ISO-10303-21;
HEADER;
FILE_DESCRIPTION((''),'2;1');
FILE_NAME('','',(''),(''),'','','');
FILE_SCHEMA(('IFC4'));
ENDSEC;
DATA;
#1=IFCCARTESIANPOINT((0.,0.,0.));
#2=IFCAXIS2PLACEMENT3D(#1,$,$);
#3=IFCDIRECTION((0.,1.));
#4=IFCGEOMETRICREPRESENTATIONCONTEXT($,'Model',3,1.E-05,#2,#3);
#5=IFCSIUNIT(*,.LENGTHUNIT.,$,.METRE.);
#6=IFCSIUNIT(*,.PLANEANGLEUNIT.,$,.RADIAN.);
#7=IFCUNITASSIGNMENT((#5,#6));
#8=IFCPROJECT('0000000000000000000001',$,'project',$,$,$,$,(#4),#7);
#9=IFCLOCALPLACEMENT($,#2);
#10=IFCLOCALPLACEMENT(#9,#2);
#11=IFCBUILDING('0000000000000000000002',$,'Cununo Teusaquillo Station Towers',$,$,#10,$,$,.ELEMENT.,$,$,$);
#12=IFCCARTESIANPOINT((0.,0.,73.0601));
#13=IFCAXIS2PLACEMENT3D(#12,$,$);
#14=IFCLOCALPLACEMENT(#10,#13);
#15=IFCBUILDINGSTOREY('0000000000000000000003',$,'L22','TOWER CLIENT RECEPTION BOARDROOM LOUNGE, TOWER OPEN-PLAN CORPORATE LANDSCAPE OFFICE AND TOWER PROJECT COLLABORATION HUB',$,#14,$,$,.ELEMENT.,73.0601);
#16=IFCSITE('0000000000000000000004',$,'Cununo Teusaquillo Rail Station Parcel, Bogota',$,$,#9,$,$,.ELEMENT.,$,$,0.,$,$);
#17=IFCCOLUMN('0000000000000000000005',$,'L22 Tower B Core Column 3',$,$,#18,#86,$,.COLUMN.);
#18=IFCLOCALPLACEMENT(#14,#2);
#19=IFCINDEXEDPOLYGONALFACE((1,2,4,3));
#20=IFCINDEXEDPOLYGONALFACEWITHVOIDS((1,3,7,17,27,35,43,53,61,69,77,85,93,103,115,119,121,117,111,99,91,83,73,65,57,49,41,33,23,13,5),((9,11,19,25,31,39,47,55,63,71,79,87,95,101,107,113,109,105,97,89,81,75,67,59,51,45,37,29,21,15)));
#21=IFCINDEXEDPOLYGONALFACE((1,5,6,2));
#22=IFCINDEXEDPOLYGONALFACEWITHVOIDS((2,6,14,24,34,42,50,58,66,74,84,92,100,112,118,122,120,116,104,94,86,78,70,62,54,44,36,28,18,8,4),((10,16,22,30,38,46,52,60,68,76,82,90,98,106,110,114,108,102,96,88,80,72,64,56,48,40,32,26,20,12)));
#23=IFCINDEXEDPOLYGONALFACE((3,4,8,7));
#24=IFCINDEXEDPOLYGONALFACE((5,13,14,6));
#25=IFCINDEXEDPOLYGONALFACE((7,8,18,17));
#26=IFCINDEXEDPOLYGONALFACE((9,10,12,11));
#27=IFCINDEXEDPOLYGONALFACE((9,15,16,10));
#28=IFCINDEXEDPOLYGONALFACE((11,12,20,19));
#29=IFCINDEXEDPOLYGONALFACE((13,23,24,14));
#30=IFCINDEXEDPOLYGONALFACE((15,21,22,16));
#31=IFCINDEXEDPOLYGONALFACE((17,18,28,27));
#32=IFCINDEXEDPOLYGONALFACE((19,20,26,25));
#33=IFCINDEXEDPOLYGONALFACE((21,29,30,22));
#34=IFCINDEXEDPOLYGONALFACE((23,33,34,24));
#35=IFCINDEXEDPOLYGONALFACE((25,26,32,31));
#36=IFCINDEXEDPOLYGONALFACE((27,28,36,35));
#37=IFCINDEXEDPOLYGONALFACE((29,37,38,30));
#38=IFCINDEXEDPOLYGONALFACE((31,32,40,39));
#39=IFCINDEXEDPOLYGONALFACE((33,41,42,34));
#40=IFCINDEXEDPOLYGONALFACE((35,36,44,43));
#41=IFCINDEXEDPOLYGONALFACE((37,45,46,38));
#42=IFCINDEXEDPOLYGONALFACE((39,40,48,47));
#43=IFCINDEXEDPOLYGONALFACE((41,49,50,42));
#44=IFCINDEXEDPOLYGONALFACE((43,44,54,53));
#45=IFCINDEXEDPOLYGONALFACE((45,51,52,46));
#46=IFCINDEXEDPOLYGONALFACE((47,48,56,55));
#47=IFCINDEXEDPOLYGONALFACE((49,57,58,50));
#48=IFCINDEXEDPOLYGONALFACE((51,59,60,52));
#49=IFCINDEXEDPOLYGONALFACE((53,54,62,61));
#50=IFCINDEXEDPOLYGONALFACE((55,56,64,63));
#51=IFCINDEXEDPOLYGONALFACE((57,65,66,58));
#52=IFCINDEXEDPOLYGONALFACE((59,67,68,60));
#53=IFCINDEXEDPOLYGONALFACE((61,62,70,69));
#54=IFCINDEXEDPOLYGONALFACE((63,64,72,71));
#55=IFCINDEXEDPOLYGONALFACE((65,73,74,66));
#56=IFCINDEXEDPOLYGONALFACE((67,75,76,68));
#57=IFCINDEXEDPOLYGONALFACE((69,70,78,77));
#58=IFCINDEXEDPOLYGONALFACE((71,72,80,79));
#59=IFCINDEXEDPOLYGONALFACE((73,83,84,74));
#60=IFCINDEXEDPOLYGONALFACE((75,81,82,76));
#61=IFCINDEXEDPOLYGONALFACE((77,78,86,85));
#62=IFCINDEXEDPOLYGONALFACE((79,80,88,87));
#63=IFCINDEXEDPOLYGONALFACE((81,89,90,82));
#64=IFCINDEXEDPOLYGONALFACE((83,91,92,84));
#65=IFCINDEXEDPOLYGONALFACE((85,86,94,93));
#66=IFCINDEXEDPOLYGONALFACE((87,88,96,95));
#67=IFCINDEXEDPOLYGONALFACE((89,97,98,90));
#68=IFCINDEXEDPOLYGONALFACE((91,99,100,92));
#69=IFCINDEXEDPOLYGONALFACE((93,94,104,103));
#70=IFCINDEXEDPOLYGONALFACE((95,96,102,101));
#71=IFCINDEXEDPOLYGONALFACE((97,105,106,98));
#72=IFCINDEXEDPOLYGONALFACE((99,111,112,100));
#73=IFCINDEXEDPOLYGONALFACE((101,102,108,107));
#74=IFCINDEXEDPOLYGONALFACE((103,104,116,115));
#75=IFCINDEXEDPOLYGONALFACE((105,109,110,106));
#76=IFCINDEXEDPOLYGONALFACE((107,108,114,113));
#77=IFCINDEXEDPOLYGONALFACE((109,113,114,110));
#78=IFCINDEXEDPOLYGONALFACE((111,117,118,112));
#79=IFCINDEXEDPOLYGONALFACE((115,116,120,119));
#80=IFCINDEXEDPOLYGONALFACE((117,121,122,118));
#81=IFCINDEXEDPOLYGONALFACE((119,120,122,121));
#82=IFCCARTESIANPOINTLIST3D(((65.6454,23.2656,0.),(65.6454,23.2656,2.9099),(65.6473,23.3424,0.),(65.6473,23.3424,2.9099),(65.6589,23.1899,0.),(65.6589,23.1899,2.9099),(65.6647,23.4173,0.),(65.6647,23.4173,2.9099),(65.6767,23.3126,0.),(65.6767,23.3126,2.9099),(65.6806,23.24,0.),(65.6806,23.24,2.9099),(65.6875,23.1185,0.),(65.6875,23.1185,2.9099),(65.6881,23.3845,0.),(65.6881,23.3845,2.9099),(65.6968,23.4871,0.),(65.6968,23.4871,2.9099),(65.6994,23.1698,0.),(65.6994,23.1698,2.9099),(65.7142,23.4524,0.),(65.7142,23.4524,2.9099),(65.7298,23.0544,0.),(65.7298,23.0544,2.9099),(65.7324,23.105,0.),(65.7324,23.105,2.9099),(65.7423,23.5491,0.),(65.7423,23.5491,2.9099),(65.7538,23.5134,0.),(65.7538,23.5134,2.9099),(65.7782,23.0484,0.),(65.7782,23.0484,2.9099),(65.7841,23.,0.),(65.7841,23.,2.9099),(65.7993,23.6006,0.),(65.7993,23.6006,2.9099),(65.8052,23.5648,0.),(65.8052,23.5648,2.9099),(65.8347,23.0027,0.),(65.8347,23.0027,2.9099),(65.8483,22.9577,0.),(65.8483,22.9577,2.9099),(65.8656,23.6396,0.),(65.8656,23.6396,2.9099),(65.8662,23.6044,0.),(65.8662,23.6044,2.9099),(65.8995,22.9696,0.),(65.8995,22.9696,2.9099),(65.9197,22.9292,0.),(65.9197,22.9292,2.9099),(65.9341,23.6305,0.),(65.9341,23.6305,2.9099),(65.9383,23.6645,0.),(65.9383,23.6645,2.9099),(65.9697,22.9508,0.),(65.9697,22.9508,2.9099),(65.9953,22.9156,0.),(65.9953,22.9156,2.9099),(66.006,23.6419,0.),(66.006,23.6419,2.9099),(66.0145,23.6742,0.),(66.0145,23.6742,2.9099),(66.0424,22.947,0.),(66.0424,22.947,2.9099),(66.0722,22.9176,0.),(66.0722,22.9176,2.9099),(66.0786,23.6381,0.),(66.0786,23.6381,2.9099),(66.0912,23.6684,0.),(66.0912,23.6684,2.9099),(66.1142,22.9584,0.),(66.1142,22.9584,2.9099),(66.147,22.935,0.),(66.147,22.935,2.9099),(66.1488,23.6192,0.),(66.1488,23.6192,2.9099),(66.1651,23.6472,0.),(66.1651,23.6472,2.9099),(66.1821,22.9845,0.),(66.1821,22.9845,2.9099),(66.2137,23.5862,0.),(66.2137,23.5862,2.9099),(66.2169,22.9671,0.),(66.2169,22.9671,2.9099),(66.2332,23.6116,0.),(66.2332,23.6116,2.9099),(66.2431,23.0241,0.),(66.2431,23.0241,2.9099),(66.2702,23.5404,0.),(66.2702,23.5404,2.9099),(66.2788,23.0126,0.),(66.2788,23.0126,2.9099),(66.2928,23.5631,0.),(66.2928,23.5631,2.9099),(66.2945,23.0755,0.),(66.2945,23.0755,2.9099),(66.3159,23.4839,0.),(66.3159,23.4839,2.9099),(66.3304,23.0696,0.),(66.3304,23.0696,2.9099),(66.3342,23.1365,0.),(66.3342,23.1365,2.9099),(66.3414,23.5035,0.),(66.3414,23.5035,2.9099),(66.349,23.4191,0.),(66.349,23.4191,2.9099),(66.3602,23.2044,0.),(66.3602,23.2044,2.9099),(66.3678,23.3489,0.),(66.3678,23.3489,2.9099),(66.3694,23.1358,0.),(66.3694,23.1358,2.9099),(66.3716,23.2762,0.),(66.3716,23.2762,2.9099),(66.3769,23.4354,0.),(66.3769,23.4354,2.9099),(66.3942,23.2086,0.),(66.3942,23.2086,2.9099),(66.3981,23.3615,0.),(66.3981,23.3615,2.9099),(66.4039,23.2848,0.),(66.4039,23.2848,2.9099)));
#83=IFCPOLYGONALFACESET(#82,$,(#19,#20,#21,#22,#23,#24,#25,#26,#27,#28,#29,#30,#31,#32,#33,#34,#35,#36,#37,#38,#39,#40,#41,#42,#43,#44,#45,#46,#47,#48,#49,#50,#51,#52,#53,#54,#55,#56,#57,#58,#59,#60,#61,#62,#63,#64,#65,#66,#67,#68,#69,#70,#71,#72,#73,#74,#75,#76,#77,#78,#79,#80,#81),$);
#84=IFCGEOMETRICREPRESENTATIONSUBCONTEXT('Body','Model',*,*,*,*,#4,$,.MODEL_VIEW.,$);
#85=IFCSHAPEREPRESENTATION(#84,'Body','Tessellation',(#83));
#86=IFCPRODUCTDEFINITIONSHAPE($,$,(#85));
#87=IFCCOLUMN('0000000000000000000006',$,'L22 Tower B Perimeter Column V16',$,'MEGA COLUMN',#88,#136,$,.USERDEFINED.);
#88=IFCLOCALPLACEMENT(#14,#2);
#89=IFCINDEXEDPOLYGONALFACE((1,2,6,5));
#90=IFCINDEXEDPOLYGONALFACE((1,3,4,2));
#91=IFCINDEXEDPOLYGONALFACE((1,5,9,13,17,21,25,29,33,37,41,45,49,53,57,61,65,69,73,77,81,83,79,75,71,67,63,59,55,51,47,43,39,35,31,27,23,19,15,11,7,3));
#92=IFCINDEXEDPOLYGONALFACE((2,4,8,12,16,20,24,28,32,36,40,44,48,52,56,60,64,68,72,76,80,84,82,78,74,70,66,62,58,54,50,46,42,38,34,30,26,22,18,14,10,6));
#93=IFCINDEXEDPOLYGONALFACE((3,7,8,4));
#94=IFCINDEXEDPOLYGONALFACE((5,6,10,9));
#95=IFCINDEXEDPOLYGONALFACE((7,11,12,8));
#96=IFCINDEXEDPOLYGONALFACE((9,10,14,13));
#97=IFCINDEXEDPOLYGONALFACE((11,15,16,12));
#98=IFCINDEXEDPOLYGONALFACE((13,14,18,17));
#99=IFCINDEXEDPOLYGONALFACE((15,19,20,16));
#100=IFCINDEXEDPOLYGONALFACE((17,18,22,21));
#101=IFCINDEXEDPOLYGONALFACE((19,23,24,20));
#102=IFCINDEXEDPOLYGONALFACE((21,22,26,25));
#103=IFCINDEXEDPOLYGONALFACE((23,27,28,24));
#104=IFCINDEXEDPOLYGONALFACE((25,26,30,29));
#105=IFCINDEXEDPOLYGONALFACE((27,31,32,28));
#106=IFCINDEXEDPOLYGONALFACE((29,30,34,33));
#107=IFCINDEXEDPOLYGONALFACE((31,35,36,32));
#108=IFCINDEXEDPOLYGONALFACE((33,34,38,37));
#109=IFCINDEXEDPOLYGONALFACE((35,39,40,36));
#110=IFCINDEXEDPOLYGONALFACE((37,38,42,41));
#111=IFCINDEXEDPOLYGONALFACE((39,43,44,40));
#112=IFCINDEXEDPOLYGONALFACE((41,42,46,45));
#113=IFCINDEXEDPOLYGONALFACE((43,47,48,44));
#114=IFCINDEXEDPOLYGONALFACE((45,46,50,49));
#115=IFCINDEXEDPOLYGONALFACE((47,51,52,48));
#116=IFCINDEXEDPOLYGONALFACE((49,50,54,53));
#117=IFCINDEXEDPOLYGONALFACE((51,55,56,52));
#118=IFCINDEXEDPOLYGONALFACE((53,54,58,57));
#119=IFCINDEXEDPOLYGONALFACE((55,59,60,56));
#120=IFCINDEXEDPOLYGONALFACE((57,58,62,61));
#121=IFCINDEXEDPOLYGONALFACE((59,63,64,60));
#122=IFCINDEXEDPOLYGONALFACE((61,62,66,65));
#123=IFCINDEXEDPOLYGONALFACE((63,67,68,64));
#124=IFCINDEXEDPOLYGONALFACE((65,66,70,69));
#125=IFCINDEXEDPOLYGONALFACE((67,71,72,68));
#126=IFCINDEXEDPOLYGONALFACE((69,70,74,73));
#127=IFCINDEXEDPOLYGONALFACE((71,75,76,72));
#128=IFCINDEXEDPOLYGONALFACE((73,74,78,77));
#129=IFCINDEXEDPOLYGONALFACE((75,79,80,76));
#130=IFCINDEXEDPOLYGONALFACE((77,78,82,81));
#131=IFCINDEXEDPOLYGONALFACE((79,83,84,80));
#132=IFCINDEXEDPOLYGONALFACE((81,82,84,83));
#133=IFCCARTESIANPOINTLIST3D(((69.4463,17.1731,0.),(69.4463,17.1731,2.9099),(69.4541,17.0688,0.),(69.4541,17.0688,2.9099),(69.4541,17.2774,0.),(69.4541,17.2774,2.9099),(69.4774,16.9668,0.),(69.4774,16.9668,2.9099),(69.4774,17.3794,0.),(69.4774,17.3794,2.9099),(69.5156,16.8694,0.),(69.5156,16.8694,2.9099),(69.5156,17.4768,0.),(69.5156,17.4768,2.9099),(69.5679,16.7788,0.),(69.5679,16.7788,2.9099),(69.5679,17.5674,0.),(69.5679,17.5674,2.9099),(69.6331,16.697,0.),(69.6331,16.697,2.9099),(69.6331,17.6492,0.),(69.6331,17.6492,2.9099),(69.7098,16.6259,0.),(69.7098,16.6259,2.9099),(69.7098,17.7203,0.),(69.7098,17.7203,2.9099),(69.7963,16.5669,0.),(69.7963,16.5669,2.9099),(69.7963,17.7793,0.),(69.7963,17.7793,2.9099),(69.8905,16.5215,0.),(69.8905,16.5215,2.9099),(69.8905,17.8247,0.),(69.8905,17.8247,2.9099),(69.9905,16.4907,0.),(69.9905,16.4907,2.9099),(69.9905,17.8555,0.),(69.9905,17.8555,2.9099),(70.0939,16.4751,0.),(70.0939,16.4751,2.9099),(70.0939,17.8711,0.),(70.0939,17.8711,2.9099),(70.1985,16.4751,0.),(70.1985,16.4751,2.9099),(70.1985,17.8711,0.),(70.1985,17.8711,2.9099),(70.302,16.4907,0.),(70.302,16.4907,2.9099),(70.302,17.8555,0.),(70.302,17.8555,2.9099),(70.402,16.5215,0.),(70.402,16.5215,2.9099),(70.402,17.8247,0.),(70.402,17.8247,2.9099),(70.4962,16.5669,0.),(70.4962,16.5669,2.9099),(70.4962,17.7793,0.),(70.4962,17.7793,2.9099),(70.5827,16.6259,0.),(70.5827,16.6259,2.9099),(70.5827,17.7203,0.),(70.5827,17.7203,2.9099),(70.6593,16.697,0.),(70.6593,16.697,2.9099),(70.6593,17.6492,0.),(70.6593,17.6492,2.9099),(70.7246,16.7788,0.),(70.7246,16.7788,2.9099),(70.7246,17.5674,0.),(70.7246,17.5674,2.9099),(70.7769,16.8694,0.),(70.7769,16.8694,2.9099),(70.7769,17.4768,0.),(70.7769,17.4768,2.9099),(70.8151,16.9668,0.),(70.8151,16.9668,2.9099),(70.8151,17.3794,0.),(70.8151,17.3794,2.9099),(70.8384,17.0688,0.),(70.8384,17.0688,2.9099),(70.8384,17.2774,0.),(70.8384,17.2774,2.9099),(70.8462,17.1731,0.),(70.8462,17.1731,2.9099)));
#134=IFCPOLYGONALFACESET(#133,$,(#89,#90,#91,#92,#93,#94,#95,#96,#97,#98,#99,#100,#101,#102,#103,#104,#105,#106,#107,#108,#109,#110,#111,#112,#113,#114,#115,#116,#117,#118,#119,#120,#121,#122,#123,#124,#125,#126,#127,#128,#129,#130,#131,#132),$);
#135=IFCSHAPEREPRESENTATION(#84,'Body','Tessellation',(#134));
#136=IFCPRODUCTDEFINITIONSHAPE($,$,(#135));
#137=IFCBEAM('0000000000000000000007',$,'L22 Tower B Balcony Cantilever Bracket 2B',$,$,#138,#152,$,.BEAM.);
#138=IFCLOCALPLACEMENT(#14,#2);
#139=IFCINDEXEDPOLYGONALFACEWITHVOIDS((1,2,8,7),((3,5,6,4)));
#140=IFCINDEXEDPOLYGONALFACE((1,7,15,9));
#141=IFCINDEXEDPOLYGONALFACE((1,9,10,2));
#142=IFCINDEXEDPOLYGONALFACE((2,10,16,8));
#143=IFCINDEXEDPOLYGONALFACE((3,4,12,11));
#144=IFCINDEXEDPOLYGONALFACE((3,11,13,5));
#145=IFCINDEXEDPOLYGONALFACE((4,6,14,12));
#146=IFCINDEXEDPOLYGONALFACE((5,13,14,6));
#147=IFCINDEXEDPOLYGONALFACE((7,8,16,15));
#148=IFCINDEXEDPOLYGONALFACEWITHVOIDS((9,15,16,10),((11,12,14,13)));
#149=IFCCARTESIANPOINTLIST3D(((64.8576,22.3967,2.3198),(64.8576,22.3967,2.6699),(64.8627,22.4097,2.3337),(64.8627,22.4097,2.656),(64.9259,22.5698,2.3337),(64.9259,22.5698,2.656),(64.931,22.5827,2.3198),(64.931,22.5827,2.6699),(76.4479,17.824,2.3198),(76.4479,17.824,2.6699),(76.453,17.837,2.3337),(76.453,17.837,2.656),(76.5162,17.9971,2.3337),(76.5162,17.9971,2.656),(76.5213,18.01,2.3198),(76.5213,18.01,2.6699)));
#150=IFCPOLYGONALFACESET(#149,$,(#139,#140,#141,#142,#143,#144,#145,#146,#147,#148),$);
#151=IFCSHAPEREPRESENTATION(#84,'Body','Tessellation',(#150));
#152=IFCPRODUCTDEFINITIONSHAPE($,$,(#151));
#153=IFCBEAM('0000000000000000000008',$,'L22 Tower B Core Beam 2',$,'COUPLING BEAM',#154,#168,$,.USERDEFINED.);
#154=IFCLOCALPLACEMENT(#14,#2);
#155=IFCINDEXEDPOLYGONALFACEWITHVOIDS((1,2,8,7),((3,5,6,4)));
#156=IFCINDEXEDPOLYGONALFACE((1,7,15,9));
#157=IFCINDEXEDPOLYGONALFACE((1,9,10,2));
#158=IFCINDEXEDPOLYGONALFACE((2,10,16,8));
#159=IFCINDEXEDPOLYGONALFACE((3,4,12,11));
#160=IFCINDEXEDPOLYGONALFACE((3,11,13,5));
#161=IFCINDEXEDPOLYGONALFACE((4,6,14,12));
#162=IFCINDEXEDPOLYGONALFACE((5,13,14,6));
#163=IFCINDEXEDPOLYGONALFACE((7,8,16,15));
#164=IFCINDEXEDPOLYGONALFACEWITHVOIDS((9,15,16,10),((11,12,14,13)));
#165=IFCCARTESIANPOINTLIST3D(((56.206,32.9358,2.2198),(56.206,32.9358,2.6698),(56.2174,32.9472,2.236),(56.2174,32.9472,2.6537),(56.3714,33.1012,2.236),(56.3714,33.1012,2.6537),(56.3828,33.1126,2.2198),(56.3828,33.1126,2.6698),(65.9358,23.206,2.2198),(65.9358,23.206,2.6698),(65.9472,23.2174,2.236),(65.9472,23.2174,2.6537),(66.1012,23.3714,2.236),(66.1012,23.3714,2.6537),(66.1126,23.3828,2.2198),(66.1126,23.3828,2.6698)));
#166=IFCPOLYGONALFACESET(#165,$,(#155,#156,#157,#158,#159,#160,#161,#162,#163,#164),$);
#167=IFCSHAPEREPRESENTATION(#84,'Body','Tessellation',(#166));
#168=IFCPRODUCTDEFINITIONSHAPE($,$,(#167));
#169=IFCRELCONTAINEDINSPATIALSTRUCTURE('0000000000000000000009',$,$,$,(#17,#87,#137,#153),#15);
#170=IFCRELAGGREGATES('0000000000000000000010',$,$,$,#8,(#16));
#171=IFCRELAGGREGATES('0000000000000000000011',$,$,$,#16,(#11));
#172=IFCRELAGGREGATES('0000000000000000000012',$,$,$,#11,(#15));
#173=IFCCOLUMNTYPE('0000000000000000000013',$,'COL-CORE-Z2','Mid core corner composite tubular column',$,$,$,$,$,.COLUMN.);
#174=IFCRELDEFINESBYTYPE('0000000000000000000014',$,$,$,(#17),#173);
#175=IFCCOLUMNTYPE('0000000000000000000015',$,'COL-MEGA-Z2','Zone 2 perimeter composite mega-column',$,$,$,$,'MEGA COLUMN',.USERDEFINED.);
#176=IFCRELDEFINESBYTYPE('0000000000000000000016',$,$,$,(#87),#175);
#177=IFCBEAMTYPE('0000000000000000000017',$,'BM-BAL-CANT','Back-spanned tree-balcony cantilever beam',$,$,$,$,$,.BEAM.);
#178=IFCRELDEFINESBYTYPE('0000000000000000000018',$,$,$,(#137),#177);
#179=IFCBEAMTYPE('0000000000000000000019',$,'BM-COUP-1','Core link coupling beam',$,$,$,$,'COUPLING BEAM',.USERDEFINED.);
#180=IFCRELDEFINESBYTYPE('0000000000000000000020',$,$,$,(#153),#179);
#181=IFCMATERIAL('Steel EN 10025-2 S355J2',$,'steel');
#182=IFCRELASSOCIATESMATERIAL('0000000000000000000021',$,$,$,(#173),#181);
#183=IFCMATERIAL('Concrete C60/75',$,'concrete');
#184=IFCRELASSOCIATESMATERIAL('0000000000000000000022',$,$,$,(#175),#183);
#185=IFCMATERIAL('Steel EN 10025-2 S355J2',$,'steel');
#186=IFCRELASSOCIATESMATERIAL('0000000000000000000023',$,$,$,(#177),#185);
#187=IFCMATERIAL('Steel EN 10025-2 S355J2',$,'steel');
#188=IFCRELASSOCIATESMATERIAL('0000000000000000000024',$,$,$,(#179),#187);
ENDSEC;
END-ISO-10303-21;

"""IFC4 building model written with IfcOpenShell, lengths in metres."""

from ifc_helpers import new_model, si_unit, direction, frame, origin, origin_2d, place, context, subcontext, project, spatial, hollow_rectangle, circle, hollow_circle, extrude, material, material_profile, profile_set, type_object, element, save


model = new_model("IFC4")

# Units and contexts
model_context = context("Model", 3, precision=1e-05, world=origin(), true_north=direction((0.0, 1.0)))
body_context = subcontext(model_context, "Body", "Model", "MODEL_VIEW")
ifc_project = project(units=[si_unit("LENGTHUNIT", "METRE"), si_unit("PLANEANGLEUNIT", "RADIAN")], contexts=[model_context])

# Site, building, storey
site_placement = place(None, origin())
site = spatial("IfcSite", under=ifc_project, at=site_placement, Name="Cununo Teusaquillo Rail Station Parcel, Bogota", CompositionType="ELEMENT", RefElevation=0.0)
building_placement = place(site_placement, origin())
building = spatial("IfcBuilding", under=site, at=building_placement, Name="Cununo Teusaquillo Station Towers", CompositionType="ELEMENT")
storey_placement = place(building_placement, frame((0.0, 0.0, 73.0601)))
storey = spatial("IfcBuildingStorey", under=building, at=storey_placement, Name="L22", Description="TOWER CLIENT RECEPTION BOARDROOM LOUNGE, TOWER OPEN-PLAN CORPORATE LANDSCAPE OFFICE AND TOWER PROJECT COLLABORATION HUB", CompositionType="ELEMENT", Elevation=73.0601)

# Columns
ifc_material_1 = material(Name="Steel EN 10025-2 S355J2", Category="steel")
ifc_material_profile_1 = material_profile(ifc_material_1, hollow_circle(Radius=0.3799, WallThickness=0.032, at=origin_2d()), Name="CHS 760x32")
ifc_profile_set_1 = profile_set([ifc_material_profile_1], Name="Steel EN 10025-2 S355J2")
column_type_1 = type_object("IfcColumnType", Name="COL-CORE-Z2", Description="Mid core corner composite tubular column", PredefinedType="COLUMN", material=ifc_profile_set_1)
column_1_placement = place(storey_placement, frame((66.0242, 23.2944, 0.0), z_axis=(0.0, 0.0, 1.0), x_axis=(0.707107, 0.707107, 0.0)))
element("IfcColumn", 1, at=column_1_placement, inside=storey, type_object=column_type_1, Name="L22 Tower B Core Column 3", PredefinedType="COLUMN", context=body_context, shape_type="SweptSolid", body=[
    extrude(hollow_circle(Radius=0.3799, WallThickness=0.032, at=origin_2d()), origin(), (0.0, 0.0, 1.0), 2.9099),
])
ifc_material_2 = material(Name="Concrete C60/75", Category="concrete")
ifc_material_profile_2 = material_profile(ifc_material_2, circle(Radius=0.7, at=origin_2d()), Name="RC-CIRC-1400")
ifc_profile_set_2 = profile_set([ifc_material_profile_2], Name="Concrete C60/75")
column_type_2 = type_object("IfcColumnType", Name="COL-MEGA-Z2", Description="Zone 2 perimeter composite mega-column", ElementType="MEGA COLUMN", PredefinedType="USERDEFINED", material=ifc_profile_set_2)
column_2_placement = place(storey_placement, frame((70.1462, 17.1731, 0.0), z_axis=(0.0, 0.0, 1.0), x_axis=(1.0, 0.0, 0.0)))
element("IfcColumn", 2, at=column_2_placement, inside=storey, type_object=column_type_2, Name="L22 Tower B Perimeter Column V16", ObjectType="MEGA COLUMN", PredefinedType="USERDEFINED", context=body_context, shape_type="SweptSolid", body=[
    extrude(circle(Radius=0.7, at=origin_2d()), origin(), (0.0, 0.0, 1.0), 2.9099),
])

# Beams
ifc_material_3 = material(Name="Steel EN 10025-2 S355J2", Category="steel")
ifc_material_profile_3 = material_profile(ifc_material_3, hollow_rectangle(XDim=0.2, YDim=0.3501, WallThickness=0.0139, at=origin_2d()), Name="RHS 350x200x14")
ifc_profile_set_3 = profile_set([ifc_material_profile_3], Name="Steel EN 10025-2 S355J2")
beam_type_1 = type_object("IfcBeamType", Name="BM-BAL-CANT", Description="Back-spanned tree-balcony cantilever beam", PredefinedType="BEAM", material=ifc_profile_set_3)
beam_1_placement = place(storey_placement, frame((64.8943, 22.4897, 2.4949), z_axis=(0.93022, -0.367001, 0.0), x_axis=(0.367001, 0.93022, 0.0)))
element("IfcBeam", 3, at=beam_1_placement, inside=storey, type_object=beam_type_1, Name="L22 Tower B Balcony Cantilever Bracket 2B", PredefinedType="BEAM", context=body_context, shape_type="SweptSolid", body=[
    extrude(hollow_rectangle(XDim=0.2, YDim=0.3501, WallThickness=0.0139, at=origin_2d()), origin(), (0.0, 0.0, 1.0), 12.4597),
])
ifc_material_4 = material(Name="Steel EN 10025-2 S355J2", Category="steel")
ifc_material_profile_4 = material_profile(ifc_material_4, hollow_rectangle(XDim=0.25, YDim=0.45, WallThickness=0.0161, at=origin_2d()), Name="RHS 450x250x16")
ifc_profile_set_4 = profile_set([ifc_material_profile_4], Name="Steel EN 10025-2 S355J2")
beam_type_2 = type_object("IfcBeamType", Name="BM-COUP-1", Description="Core link coupling beam", ElementType="COUPLING BEAM", PredefinedType="USERDEFINED", material=ifc_profile_set_4)
beam_2_placement = place(storey_placement, frame((66.0242, 23.2944, 2.4448), z_axis=(-0.707107, 0.707107, 0.0), x_axis=(-0.707107, -0.707107, 0.0)))
element("IfcBeam", 4, at=beam_2_placement, inside=storey, type_object=beam_type_2, Name="L22 Tower B Core Beam 2", ObjectType="COUPLING BEAM", PredefinedType="USERDEFINED", context=body_context, shape_type="SweptSolid", body=[
    extrude(hollow_rectangle(XDim=0.25, YDim=0.45, WallThickness=0.0161, at=origin_2d()), origin(), (0.0, 0.0, 1.0), 13.76),
])

save(model, "model.ifc")
